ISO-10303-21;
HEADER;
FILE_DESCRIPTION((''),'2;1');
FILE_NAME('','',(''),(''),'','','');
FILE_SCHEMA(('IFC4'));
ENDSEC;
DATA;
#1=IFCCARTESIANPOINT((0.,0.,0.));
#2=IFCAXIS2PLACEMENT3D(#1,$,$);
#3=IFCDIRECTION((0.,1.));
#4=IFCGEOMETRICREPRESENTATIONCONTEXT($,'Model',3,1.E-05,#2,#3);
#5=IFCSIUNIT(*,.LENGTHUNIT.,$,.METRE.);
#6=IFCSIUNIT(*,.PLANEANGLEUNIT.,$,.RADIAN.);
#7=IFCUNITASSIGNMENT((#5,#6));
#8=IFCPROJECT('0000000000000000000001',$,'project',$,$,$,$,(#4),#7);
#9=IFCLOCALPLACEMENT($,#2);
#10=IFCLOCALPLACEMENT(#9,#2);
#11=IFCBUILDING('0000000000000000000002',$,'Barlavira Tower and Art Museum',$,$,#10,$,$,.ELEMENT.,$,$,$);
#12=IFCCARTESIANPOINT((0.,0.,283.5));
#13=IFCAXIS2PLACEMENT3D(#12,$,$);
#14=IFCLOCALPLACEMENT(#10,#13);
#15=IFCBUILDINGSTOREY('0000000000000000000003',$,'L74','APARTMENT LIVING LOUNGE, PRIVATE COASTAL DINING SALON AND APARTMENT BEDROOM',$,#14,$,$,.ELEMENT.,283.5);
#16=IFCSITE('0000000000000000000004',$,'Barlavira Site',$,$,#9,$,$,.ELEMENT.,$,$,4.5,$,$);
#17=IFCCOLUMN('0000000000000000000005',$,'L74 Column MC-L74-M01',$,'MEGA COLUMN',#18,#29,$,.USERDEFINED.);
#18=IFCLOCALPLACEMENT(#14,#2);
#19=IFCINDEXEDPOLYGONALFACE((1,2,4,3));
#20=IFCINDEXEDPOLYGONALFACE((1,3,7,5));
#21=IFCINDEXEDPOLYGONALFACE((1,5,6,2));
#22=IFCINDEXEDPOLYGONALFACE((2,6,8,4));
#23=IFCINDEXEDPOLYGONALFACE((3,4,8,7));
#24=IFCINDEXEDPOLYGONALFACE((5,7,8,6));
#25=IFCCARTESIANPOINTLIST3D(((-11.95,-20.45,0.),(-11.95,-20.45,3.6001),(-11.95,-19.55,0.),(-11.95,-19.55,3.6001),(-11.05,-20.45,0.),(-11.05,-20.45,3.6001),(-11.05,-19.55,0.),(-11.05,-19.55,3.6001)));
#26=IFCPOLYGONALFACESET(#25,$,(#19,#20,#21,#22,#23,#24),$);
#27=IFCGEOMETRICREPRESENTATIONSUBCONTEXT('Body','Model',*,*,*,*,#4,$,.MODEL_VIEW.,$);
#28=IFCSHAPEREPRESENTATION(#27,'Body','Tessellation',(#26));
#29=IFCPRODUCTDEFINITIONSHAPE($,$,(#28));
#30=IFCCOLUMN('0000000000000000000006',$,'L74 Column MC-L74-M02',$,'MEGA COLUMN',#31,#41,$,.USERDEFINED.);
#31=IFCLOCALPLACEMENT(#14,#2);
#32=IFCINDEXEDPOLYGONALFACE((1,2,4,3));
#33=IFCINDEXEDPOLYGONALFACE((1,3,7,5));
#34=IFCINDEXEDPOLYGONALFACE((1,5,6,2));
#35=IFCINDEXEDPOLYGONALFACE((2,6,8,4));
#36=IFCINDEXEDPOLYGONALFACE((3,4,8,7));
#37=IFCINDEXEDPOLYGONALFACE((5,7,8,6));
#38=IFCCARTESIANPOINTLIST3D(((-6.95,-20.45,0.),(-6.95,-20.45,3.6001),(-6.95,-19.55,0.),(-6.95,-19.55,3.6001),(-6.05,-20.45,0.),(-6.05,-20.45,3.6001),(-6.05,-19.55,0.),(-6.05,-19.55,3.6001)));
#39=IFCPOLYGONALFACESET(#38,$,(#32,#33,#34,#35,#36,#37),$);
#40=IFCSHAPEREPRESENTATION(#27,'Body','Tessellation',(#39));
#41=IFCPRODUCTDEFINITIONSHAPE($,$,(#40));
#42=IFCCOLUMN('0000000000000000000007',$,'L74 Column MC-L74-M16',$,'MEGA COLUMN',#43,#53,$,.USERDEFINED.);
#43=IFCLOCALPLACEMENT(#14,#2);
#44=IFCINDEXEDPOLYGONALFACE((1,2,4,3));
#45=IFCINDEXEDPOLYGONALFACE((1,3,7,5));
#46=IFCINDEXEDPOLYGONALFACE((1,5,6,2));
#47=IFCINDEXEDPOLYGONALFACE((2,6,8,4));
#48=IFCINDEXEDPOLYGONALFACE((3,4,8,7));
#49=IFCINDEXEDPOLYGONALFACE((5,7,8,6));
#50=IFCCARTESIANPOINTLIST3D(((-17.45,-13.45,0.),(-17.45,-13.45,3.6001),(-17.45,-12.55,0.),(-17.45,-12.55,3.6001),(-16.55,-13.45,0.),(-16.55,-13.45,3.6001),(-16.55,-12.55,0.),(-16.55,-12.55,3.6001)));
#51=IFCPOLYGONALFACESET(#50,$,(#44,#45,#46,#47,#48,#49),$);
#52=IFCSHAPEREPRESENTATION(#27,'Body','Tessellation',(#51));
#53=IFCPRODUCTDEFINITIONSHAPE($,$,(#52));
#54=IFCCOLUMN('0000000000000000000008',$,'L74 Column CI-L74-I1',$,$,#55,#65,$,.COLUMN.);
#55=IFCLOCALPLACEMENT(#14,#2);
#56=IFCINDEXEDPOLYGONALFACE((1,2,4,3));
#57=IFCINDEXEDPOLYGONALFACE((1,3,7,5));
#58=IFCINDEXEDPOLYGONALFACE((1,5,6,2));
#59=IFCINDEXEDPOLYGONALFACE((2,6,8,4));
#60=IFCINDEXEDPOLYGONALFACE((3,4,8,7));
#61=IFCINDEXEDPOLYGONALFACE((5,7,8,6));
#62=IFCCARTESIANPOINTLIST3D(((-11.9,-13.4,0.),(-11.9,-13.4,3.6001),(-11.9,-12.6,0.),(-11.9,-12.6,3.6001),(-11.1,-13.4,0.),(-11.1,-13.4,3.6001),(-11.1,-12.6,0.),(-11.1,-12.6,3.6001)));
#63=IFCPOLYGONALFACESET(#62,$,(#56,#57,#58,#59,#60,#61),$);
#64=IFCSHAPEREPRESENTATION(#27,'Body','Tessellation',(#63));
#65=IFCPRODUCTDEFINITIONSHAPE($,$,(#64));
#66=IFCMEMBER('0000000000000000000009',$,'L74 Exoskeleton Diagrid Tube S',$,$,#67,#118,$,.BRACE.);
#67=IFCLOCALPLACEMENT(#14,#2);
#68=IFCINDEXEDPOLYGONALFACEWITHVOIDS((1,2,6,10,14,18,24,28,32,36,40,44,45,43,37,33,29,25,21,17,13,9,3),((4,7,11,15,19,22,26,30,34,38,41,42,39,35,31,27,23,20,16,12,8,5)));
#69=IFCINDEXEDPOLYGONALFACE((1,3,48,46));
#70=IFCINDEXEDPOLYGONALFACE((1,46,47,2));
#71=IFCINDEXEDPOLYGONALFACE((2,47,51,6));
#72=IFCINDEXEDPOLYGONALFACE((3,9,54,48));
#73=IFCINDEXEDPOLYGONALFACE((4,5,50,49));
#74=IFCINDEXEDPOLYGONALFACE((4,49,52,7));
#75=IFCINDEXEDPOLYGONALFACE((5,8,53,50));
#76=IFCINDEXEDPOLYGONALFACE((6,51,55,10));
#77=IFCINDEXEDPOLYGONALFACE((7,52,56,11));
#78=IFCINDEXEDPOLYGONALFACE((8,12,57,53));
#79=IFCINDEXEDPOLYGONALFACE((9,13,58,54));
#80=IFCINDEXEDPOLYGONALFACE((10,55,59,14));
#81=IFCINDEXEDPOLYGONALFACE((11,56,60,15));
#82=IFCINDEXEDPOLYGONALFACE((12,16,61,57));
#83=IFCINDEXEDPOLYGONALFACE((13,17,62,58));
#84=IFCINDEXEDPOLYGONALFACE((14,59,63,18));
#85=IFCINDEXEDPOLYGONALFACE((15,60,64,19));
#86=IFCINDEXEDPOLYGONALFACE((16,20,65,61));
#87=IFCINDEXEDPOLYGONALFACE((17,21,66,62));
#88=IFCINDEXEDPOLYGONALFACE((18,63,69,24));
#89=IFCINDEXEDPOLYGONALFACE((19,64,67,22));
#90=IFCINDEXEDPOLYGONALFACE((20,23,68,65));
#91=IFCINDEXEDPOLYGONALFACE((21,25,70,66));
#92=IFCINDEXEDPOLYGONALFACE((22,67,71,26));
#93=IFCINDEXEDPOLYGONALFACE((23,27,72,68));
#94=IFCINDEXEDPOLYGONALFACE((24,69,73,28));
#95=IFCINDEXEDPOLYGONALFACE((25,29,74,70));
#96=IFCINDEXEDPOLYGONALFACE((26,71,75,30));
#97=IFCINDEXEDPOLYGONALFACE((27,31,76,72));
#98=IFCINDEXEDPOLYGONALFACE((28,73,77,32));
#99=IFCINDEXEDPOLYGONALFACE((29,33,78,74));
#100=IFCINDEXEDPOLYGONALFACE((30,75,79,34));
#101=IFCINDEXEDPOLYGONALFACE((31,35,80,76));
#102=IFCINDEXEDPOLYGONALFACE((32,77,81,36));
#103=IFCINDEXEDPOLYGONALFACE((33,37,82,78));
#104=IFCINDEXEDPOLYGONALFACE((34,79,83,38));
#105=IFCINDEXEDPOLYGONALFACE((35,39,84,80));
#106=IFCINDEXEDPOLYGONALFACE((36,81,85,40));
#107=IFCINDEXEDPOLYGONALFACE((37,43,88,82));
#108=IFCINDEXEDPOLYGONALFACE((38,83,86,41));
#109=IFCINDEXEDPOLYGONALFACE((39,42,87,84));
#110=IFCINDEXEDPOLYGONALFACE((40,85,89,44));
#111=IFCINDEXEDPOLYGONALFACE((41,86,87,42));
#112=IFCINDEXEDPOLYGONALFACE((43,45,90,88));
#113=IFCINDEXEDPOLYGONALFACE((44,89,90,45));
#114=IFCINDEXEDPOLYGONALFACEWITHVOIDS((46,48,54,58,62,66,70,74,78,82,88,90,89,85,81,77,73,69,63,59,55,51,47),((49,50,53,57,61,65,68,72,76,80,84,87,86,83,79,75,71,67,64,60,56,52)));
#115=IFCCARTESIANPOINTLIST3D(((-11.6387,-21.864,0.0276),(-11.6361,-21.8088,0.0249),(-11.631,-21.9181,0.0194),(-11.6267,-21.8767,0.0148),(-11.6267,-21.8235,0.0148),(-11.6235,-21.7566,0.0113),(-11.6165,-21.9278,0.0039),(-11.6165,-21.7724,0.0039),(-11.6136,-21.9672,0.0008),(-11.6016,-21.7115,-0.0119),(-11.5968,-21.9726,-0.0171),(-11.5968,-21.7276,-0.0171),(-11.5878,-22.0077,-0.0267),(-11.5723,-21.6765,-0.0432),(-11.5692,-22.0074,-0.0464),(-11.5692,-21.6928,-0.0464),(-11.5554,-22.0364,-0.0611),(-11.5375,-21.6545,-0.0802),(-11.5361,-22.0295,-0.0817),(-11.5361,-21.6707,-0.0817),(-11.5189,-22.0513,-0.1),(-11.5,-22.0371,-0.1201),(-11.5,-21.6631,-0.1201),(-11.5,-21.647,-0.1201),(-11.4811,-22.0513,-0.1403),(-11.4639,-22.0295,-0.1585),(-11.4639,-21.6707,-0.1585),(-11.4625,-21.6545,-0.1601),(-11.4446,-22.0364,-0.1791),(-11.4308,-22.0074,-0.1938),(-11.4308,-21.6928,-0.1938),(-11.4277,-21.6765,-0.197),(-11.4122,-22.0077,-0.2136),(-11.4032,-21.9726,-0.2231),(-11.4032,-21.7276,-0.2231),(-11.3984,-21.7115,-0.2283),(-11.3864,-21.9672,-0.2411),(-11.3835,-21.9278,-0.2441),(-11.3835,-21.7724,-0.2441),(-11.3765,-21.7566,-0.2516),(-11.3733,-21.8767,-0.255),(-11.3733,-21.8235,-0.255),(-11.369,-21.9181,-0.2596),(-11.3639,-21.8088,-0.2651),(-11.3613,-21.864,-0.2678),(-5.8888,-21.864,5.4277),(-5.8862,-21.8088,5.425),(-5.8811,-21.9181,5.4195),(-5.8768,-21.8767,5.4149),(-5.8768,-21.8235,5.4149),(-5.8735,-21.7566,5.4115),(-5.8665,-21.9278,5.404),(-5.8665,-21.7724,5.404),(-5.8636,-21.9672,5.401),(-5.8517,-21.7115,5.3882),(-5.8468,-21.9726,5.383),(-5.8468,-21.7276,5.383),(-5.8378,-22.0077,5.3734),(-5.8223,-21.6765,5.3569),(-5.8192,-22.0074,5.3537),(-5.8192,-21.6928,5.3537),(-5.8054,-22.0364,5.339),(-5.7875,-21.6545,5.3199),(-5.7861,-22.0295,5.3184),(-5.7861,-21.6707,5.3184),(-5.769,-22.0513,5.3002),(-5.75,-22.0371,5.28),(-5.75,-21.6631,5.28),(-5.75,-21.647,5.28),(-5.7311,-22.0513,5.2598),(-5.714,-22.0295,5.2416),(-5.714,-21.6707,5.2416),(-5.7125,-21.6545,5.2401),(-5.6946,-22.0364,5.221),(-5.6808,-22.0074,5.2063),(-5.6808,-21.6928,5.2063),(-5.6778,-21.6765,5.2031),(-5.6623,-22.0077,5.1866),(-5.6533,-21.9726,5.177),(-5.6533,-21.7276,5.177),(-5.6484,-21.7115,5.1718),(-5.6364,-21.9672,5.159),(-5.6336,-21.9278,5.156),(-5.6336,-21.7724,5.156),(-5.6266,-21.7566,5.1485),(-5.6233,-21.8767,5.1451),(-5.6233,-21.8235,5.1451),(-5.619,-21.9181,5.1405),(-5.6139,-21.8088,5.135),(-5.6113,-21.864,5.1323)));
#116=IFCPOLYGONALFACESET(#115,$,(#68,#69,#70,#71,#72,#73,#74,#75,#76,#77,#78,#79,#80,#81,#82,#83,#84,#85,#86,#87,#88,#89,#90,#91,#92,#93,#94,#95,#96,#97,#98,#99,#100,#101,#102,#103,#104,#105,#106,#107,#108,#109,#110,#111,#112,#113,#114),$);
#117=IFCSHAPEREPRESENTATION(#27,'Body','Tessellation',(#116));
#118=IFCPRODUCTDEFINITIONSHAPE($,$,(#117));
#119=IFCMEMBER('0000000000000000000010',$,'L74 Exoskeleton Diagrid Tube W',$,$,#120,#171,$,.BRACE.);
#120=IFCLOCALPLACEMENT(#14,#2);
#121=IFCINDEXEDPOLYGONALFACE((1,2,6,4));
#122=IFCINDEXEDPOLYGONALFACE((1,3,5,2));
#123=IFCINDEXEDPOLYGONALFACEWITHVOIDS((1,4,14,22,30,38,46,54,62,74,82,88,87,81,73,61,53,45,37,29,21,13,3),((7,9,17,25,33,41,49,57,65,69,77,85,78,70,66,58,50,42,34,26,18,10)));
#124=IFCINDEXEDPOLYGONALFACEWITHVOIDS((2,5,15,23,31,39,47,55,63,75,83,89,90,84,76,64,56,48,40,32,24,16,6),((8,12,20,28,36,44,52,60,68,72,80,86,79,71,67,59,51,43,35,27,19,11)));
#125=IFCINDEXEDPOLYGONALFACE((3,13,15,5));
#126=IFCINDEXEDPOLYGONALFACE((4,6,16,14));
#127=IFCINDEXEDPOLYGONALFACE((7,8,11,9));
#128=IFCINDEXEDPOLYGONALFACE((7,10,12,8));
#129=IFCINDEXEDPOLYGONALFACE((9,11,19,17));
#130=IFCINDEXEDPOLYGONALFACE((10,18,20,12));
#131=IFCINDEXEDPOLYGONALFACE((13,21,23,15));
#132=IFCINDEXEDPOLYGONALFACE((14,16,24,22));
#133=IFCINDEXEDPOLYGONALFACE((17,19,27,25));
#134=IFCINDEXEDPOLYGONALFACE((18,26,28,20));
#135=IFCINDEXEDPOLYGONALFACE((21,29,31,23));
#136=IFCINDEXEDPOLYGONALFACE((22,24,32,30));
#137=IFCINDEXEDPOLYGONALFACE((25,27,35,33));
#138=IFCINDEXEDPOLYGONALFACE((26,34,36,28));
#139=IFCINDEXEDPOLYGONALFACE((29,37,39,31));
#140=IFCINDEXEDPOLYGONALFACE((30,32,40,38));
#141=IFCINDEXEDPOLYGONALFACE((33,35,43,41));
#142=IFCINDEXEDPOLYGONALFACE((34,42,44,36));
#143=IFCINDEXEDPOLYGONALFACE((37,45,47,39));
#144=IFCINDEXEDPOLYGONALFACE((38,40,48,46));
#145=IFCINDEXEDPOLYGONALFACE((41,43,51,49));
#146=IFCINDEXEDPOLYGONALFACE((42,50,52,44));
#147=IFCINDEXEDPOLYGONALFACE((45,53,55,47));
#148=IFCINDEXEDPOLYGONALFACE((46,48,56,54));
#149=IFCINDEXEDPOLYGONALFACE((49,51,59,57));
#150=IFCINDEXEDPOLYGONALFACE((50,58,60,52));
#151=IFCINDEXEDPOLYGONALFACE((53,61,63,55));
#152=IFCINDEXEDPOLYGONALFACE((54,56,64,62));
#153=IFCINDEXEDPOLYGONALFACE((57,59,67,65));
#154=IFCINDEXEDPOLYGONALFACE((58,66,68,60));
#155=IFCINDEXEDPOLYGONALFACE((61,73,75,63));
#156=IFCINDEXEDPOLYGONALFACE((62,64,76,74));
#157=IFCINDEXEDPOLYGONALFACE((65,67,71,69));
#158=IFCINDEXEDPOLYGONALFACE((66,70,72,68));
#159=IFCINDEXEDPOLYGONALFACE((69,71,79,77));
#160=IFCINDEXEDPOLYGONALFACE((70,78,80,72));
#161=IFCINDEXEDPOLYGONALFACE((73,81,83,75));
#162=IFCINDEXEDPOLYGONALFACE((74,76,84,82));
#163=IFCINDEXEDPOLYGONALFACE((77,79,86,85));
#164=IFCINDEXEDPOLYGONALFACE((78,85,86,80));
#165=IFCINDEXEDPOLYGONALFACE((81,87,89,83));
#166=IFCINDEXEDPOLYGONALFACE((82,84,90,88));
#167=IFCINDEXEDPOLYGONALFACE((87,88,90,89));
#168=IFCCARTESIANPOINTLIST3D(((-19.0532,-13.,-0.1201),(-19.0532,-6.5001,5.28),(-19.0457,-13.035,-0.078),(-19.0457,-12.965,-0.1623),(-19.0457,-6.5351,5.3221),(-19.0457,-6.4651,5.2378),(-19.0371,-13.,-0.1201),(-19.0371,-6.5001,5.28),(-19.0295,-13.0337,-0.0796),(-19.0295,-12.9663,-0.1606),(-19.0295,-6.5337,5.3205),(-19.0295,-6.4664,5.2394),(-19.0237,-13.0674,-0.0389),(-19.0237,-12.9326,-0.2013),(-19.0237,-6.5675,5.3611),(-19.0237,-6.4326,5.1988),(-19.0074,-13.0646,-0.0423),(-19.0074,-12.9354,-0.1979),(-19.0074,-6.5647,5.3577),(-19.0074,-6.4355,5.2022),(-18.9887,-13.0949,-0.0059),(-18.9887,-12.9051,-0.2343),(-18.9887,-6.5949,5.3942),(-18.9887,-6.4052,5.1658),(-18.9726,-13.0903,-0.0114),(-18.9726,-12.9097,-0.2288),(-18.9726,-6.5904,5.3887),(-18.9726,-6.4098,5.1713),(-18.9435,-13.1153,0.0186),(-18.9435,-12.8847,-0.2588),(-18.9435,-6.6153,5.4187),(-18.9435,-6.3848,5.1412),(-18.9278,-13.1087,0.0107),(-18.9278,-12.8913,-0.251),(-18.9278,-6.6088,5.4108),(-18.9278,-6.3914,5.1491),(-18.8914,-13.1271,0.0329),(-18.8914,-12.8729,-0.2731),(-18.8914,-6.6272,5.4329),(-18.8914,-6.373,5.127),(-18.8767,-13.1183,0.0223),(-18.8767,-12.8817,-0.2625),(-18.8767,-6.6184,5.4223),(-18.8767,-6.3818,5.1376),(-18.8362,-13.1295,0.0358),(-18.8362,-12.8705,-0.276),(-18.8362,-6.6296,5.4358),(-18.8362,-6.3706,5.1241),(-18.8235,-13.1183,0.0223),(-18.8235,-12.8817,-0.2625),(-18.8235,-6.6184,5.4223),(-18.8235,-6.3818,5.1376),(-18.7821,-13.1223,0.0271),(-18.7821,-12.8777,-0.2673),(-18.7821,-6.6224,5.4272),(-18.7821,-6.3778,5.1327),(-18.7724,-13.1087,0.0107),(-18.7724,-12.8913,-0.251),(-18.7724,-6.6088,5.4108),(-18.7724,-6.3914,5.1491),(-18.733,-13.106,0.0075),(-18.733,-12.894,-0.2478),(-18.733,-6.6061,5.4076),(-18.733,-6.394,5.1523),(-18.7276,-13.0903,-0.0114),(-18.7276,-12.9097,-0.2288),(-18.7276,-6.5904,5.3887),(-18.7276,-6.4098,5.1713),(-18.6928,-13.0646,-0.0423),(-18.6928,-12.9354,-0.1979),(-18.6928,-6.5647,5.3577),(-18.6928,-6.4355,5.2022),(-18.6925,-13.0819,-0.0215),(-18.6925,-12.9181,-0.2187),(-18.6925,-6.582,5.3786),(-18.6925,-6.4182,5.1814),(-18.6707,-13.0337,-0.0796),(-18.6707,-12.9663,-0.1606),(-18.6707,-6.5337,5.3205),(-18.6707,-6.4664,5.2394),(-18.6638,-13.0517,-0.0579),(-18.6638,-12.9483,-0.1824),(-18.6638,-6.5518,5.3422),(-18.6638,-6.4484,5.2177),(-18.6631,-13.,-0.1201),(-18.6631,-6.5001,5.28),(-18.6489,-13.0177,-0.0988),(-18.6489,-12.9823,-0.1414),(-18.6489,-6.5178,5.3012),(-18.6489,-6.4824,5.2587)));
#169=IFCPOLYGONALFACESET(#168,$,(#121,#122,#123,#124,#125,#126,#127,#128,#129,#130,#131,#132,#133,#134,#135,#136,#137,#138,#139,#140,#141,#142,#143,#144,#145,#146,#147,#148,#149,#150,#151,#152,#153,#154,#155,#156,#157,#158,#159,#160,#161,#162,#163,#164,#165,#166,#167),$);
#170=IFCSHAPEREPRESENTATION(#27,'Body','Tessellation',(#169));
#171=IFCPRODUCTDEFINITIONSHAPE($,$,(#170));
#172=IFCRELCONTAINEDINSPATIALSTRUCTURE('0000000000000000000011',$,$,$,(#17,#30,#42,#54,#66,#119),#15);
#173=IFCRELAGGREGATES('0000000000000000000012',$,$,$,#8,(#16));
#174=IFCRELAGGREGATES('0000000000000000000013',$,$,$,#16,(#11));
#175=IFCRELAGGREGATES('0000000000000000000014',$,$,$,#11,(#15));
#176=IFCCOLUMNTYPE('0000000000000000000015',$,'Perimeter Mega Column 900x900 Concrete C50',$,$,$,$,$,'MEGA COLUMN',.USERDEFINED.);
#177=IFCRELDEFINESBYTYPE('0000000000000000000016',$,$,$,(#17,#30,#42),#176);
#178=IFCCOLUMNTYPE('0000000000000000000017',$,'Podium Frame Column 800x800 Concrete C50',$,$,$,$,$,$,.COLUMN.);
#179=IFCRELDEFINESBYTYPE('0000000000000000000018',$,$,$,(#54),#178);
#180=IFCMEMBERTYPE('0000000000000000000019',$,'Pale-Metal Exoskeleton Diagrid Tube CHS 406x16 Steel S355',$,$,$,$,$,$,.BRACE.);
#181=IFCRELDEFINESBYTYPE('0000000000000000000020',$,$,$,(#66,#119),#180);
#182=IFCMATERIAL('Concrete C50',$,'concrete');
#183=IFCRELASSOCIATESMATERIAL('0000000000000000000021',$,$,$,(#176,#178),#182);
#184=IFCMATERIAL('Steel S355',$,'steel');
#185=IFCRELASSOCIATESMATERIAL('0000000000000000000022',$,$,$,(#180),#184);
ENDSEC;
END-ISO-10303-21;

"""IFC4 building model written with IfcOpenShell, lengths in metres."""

from ifc_helpers import new_model, si_unit, direction, frame, origin, origin_2d, place, context, subcontext, project, spatial, rectangle, hollow_circle, extrude, material, material_profile, profile_set, type_object, element, save


model = new_model("IFC4")

# Units and contexts
model_context = context("Model", 3, precision=1e-05, world=origin(), true_north=direction((0.0, 1.0)))
body_context = subcontext(model_context, "Body", "Model", "MODEL_VIEW")
ifc_project = project(units=[si_unit("LENGTHUNIT", "METRE"), si_unit("PLANEANGLEUNIT", "RADIAN")], contexts=[model_context])

# Site, building, storey
site_placement = place(None, origin())
site = spatial("IfcSite", under=ifc_project, at=site_placement, Name="Barlavira Site", CompositionType="ELEMENT", RefElevation=4.5)
building_placement = place(site_placement, origin())
building = spatial("IfcBuilding", under=site, at=building_placement, Name="Barlavira Tower and Art Museum", CompositionType="ELEMENT")
storey_placement = place(building_placement, frame((0.0, 0.0, 283.5)))
storey = spatial("IfcBuildingStorey", under=building, at=storey_placement, Name="L74", Description="APARTMENT LIVING LOUNGE, PRIVATE COASTAL DINING SALON AND APARTMENT BEDROOM", CompositionType="ELEMENT", Elevation=283.5)

# Columns
ifc_material_1 = material(Name="Concrete C50", Category="concrete")
ifc_material_profile_1 = material_profile(ifc_material_1, rectangle(XDim=0.8999, YDim=0.8999, at=origin_2d()), Name="RC-COL 900x900")
ifc_profile_set_1 = profile_set([ifc_material_profile_1], Name="Concrete C50")
column_type_1 = type_object("IfcColumnType", Name="Perimeter Mega Column 900x900 Concrete C50", ElementType="MEGA COLUMN", PredefinedType="USERDEFINED", material=ifc_profile_set_1)
for number, where, z_axis, x_axis, name in (
    (1, (-11.5, -20.0, 0.0), (0.0, 0.0, 1.0), (1.0, 0.0, 0.0), "L74 Column MC-L74-M01"),
    (2, (-6.5, -20.0, 0.0), (0.0, 0.0, 1.0), (1.0, 0.0, 0.0), "L74 Column MC-L74-M02"),
    (3, (-17.0, -13.0, 0.0), (0.0, 0.0, 1.0), (1.0, 0.0, 0.0), "L74 Column MC-L74-M16"),
):
    element("IfcColumn", number, at=place(storey_placement, frame(where, z_axis=z_axis, x_axis=x_axis)), inside=storey, type_object=column_type_1, Name=name, ObjectType="MEGA COLUMN", PredefinedType="USERDEFINED", context=body_context, shape_type="SweptSolid", body=[
        extrude(rectangle(XDim=0.8999, YDim=0.8999, at=origin_2d()), origin(), (0.0, 0.0, 1.0), 3.6001),
    ])
ifc_material_profile_2 = material_profile(ifc_material_1, rectangle(XDim=0.8, YDim=0.8, at=origin_2d()), Name="RC-COL 800x800")
ifc_profile_set_2 = profile_set([ifc_material_profile_2], Name="Concrete C50")
column_type_2 = type_object("IfcColumnType", Name="Podium Frame Column 800x800 Concrete C50", PredefinedType="COLUMN", material=ifc_profile_set_2)
column_placement = place(storey_placement, frame((-11.5, -13.0, 0.0), z_axis=(0.0, 0.0, 1.0), x_axis=(1.0, 0.0, 0.0)))
element("IfcColumn", 4, at=column_placement, inside=storey, type_object=column_type_2, Name="L74 Column CI-L74-I1", PredefinedType="COLUMN", context=body_context, shape_type="SweptSolid", body=[
    extrude(rectangle(XDim=0.8, YDim=0.8, at=origin_2d()), origin(), (0.0, 0.0, 1.0), 3.6001),
])

# Members
ifc_material_2 = material(Name="Steel S355", Category="steel")
ifc_material_profile_3 = material_profile(ifc_material_2, hollow_circle(Radius=0.2031, WallThickness=0.0161, at=origin_2d()), Name="CHS 406.4x16.0")
ifc_profile_set_3 = profile_set([ifc_material_profile_3], Name="Steel S355")
member_type_1 = type_object("IfcMemberType", Name="Pale-Metal Exoskeleton Diagrid Tube CHS 406x16 Steel S355", PredefinedType="BRACE", material=ifc_profile_set_3)
member_1_placement = place(storey_placement, frame((-11.5, -21.8501, -0.1201), z_axis=(0.728935, 0.0, 0.684583), x_axis=(0.0, 1.0, 0.0)))
element("IfcMember", 5, at=member_1_placement, inside=storey, type_object=member_type_1, Name="L74 Exoskeleton Diagrid Tube S", PredefinedType="BRACE", context=body_context, shape_type="SweptSolid", body=[
    extrude(hollow_circle(Radius=0.2031, WallThickness=0.0161, at=origin_2d()), origin(), (0.0, 0.0, 1.0), 7.8882),
])
member_2_placement = place(storey_placement, frame((-18.8501, -13.0, -0.1201), z_axis=(0.0, 0.769182, 0.63903), x_axis=(-1.0, 0.0, 0.0)))
element("IfcMember", 6, at=member_2_placement, inside=storey, type_object=member_type_1, Name="L74 Exoskeleton Diagrid Tube W", PredefinedType="BRACE", context=body_context, shape_type="SweptSolid", body=[
    extrude(hollow_circle(Radius=0.2031, WallThickness=0.0161, at=origin_2d()), origin(), (0.0, 0.0, 1.0), 8.4504),
])

save(model, "model.ifc")
